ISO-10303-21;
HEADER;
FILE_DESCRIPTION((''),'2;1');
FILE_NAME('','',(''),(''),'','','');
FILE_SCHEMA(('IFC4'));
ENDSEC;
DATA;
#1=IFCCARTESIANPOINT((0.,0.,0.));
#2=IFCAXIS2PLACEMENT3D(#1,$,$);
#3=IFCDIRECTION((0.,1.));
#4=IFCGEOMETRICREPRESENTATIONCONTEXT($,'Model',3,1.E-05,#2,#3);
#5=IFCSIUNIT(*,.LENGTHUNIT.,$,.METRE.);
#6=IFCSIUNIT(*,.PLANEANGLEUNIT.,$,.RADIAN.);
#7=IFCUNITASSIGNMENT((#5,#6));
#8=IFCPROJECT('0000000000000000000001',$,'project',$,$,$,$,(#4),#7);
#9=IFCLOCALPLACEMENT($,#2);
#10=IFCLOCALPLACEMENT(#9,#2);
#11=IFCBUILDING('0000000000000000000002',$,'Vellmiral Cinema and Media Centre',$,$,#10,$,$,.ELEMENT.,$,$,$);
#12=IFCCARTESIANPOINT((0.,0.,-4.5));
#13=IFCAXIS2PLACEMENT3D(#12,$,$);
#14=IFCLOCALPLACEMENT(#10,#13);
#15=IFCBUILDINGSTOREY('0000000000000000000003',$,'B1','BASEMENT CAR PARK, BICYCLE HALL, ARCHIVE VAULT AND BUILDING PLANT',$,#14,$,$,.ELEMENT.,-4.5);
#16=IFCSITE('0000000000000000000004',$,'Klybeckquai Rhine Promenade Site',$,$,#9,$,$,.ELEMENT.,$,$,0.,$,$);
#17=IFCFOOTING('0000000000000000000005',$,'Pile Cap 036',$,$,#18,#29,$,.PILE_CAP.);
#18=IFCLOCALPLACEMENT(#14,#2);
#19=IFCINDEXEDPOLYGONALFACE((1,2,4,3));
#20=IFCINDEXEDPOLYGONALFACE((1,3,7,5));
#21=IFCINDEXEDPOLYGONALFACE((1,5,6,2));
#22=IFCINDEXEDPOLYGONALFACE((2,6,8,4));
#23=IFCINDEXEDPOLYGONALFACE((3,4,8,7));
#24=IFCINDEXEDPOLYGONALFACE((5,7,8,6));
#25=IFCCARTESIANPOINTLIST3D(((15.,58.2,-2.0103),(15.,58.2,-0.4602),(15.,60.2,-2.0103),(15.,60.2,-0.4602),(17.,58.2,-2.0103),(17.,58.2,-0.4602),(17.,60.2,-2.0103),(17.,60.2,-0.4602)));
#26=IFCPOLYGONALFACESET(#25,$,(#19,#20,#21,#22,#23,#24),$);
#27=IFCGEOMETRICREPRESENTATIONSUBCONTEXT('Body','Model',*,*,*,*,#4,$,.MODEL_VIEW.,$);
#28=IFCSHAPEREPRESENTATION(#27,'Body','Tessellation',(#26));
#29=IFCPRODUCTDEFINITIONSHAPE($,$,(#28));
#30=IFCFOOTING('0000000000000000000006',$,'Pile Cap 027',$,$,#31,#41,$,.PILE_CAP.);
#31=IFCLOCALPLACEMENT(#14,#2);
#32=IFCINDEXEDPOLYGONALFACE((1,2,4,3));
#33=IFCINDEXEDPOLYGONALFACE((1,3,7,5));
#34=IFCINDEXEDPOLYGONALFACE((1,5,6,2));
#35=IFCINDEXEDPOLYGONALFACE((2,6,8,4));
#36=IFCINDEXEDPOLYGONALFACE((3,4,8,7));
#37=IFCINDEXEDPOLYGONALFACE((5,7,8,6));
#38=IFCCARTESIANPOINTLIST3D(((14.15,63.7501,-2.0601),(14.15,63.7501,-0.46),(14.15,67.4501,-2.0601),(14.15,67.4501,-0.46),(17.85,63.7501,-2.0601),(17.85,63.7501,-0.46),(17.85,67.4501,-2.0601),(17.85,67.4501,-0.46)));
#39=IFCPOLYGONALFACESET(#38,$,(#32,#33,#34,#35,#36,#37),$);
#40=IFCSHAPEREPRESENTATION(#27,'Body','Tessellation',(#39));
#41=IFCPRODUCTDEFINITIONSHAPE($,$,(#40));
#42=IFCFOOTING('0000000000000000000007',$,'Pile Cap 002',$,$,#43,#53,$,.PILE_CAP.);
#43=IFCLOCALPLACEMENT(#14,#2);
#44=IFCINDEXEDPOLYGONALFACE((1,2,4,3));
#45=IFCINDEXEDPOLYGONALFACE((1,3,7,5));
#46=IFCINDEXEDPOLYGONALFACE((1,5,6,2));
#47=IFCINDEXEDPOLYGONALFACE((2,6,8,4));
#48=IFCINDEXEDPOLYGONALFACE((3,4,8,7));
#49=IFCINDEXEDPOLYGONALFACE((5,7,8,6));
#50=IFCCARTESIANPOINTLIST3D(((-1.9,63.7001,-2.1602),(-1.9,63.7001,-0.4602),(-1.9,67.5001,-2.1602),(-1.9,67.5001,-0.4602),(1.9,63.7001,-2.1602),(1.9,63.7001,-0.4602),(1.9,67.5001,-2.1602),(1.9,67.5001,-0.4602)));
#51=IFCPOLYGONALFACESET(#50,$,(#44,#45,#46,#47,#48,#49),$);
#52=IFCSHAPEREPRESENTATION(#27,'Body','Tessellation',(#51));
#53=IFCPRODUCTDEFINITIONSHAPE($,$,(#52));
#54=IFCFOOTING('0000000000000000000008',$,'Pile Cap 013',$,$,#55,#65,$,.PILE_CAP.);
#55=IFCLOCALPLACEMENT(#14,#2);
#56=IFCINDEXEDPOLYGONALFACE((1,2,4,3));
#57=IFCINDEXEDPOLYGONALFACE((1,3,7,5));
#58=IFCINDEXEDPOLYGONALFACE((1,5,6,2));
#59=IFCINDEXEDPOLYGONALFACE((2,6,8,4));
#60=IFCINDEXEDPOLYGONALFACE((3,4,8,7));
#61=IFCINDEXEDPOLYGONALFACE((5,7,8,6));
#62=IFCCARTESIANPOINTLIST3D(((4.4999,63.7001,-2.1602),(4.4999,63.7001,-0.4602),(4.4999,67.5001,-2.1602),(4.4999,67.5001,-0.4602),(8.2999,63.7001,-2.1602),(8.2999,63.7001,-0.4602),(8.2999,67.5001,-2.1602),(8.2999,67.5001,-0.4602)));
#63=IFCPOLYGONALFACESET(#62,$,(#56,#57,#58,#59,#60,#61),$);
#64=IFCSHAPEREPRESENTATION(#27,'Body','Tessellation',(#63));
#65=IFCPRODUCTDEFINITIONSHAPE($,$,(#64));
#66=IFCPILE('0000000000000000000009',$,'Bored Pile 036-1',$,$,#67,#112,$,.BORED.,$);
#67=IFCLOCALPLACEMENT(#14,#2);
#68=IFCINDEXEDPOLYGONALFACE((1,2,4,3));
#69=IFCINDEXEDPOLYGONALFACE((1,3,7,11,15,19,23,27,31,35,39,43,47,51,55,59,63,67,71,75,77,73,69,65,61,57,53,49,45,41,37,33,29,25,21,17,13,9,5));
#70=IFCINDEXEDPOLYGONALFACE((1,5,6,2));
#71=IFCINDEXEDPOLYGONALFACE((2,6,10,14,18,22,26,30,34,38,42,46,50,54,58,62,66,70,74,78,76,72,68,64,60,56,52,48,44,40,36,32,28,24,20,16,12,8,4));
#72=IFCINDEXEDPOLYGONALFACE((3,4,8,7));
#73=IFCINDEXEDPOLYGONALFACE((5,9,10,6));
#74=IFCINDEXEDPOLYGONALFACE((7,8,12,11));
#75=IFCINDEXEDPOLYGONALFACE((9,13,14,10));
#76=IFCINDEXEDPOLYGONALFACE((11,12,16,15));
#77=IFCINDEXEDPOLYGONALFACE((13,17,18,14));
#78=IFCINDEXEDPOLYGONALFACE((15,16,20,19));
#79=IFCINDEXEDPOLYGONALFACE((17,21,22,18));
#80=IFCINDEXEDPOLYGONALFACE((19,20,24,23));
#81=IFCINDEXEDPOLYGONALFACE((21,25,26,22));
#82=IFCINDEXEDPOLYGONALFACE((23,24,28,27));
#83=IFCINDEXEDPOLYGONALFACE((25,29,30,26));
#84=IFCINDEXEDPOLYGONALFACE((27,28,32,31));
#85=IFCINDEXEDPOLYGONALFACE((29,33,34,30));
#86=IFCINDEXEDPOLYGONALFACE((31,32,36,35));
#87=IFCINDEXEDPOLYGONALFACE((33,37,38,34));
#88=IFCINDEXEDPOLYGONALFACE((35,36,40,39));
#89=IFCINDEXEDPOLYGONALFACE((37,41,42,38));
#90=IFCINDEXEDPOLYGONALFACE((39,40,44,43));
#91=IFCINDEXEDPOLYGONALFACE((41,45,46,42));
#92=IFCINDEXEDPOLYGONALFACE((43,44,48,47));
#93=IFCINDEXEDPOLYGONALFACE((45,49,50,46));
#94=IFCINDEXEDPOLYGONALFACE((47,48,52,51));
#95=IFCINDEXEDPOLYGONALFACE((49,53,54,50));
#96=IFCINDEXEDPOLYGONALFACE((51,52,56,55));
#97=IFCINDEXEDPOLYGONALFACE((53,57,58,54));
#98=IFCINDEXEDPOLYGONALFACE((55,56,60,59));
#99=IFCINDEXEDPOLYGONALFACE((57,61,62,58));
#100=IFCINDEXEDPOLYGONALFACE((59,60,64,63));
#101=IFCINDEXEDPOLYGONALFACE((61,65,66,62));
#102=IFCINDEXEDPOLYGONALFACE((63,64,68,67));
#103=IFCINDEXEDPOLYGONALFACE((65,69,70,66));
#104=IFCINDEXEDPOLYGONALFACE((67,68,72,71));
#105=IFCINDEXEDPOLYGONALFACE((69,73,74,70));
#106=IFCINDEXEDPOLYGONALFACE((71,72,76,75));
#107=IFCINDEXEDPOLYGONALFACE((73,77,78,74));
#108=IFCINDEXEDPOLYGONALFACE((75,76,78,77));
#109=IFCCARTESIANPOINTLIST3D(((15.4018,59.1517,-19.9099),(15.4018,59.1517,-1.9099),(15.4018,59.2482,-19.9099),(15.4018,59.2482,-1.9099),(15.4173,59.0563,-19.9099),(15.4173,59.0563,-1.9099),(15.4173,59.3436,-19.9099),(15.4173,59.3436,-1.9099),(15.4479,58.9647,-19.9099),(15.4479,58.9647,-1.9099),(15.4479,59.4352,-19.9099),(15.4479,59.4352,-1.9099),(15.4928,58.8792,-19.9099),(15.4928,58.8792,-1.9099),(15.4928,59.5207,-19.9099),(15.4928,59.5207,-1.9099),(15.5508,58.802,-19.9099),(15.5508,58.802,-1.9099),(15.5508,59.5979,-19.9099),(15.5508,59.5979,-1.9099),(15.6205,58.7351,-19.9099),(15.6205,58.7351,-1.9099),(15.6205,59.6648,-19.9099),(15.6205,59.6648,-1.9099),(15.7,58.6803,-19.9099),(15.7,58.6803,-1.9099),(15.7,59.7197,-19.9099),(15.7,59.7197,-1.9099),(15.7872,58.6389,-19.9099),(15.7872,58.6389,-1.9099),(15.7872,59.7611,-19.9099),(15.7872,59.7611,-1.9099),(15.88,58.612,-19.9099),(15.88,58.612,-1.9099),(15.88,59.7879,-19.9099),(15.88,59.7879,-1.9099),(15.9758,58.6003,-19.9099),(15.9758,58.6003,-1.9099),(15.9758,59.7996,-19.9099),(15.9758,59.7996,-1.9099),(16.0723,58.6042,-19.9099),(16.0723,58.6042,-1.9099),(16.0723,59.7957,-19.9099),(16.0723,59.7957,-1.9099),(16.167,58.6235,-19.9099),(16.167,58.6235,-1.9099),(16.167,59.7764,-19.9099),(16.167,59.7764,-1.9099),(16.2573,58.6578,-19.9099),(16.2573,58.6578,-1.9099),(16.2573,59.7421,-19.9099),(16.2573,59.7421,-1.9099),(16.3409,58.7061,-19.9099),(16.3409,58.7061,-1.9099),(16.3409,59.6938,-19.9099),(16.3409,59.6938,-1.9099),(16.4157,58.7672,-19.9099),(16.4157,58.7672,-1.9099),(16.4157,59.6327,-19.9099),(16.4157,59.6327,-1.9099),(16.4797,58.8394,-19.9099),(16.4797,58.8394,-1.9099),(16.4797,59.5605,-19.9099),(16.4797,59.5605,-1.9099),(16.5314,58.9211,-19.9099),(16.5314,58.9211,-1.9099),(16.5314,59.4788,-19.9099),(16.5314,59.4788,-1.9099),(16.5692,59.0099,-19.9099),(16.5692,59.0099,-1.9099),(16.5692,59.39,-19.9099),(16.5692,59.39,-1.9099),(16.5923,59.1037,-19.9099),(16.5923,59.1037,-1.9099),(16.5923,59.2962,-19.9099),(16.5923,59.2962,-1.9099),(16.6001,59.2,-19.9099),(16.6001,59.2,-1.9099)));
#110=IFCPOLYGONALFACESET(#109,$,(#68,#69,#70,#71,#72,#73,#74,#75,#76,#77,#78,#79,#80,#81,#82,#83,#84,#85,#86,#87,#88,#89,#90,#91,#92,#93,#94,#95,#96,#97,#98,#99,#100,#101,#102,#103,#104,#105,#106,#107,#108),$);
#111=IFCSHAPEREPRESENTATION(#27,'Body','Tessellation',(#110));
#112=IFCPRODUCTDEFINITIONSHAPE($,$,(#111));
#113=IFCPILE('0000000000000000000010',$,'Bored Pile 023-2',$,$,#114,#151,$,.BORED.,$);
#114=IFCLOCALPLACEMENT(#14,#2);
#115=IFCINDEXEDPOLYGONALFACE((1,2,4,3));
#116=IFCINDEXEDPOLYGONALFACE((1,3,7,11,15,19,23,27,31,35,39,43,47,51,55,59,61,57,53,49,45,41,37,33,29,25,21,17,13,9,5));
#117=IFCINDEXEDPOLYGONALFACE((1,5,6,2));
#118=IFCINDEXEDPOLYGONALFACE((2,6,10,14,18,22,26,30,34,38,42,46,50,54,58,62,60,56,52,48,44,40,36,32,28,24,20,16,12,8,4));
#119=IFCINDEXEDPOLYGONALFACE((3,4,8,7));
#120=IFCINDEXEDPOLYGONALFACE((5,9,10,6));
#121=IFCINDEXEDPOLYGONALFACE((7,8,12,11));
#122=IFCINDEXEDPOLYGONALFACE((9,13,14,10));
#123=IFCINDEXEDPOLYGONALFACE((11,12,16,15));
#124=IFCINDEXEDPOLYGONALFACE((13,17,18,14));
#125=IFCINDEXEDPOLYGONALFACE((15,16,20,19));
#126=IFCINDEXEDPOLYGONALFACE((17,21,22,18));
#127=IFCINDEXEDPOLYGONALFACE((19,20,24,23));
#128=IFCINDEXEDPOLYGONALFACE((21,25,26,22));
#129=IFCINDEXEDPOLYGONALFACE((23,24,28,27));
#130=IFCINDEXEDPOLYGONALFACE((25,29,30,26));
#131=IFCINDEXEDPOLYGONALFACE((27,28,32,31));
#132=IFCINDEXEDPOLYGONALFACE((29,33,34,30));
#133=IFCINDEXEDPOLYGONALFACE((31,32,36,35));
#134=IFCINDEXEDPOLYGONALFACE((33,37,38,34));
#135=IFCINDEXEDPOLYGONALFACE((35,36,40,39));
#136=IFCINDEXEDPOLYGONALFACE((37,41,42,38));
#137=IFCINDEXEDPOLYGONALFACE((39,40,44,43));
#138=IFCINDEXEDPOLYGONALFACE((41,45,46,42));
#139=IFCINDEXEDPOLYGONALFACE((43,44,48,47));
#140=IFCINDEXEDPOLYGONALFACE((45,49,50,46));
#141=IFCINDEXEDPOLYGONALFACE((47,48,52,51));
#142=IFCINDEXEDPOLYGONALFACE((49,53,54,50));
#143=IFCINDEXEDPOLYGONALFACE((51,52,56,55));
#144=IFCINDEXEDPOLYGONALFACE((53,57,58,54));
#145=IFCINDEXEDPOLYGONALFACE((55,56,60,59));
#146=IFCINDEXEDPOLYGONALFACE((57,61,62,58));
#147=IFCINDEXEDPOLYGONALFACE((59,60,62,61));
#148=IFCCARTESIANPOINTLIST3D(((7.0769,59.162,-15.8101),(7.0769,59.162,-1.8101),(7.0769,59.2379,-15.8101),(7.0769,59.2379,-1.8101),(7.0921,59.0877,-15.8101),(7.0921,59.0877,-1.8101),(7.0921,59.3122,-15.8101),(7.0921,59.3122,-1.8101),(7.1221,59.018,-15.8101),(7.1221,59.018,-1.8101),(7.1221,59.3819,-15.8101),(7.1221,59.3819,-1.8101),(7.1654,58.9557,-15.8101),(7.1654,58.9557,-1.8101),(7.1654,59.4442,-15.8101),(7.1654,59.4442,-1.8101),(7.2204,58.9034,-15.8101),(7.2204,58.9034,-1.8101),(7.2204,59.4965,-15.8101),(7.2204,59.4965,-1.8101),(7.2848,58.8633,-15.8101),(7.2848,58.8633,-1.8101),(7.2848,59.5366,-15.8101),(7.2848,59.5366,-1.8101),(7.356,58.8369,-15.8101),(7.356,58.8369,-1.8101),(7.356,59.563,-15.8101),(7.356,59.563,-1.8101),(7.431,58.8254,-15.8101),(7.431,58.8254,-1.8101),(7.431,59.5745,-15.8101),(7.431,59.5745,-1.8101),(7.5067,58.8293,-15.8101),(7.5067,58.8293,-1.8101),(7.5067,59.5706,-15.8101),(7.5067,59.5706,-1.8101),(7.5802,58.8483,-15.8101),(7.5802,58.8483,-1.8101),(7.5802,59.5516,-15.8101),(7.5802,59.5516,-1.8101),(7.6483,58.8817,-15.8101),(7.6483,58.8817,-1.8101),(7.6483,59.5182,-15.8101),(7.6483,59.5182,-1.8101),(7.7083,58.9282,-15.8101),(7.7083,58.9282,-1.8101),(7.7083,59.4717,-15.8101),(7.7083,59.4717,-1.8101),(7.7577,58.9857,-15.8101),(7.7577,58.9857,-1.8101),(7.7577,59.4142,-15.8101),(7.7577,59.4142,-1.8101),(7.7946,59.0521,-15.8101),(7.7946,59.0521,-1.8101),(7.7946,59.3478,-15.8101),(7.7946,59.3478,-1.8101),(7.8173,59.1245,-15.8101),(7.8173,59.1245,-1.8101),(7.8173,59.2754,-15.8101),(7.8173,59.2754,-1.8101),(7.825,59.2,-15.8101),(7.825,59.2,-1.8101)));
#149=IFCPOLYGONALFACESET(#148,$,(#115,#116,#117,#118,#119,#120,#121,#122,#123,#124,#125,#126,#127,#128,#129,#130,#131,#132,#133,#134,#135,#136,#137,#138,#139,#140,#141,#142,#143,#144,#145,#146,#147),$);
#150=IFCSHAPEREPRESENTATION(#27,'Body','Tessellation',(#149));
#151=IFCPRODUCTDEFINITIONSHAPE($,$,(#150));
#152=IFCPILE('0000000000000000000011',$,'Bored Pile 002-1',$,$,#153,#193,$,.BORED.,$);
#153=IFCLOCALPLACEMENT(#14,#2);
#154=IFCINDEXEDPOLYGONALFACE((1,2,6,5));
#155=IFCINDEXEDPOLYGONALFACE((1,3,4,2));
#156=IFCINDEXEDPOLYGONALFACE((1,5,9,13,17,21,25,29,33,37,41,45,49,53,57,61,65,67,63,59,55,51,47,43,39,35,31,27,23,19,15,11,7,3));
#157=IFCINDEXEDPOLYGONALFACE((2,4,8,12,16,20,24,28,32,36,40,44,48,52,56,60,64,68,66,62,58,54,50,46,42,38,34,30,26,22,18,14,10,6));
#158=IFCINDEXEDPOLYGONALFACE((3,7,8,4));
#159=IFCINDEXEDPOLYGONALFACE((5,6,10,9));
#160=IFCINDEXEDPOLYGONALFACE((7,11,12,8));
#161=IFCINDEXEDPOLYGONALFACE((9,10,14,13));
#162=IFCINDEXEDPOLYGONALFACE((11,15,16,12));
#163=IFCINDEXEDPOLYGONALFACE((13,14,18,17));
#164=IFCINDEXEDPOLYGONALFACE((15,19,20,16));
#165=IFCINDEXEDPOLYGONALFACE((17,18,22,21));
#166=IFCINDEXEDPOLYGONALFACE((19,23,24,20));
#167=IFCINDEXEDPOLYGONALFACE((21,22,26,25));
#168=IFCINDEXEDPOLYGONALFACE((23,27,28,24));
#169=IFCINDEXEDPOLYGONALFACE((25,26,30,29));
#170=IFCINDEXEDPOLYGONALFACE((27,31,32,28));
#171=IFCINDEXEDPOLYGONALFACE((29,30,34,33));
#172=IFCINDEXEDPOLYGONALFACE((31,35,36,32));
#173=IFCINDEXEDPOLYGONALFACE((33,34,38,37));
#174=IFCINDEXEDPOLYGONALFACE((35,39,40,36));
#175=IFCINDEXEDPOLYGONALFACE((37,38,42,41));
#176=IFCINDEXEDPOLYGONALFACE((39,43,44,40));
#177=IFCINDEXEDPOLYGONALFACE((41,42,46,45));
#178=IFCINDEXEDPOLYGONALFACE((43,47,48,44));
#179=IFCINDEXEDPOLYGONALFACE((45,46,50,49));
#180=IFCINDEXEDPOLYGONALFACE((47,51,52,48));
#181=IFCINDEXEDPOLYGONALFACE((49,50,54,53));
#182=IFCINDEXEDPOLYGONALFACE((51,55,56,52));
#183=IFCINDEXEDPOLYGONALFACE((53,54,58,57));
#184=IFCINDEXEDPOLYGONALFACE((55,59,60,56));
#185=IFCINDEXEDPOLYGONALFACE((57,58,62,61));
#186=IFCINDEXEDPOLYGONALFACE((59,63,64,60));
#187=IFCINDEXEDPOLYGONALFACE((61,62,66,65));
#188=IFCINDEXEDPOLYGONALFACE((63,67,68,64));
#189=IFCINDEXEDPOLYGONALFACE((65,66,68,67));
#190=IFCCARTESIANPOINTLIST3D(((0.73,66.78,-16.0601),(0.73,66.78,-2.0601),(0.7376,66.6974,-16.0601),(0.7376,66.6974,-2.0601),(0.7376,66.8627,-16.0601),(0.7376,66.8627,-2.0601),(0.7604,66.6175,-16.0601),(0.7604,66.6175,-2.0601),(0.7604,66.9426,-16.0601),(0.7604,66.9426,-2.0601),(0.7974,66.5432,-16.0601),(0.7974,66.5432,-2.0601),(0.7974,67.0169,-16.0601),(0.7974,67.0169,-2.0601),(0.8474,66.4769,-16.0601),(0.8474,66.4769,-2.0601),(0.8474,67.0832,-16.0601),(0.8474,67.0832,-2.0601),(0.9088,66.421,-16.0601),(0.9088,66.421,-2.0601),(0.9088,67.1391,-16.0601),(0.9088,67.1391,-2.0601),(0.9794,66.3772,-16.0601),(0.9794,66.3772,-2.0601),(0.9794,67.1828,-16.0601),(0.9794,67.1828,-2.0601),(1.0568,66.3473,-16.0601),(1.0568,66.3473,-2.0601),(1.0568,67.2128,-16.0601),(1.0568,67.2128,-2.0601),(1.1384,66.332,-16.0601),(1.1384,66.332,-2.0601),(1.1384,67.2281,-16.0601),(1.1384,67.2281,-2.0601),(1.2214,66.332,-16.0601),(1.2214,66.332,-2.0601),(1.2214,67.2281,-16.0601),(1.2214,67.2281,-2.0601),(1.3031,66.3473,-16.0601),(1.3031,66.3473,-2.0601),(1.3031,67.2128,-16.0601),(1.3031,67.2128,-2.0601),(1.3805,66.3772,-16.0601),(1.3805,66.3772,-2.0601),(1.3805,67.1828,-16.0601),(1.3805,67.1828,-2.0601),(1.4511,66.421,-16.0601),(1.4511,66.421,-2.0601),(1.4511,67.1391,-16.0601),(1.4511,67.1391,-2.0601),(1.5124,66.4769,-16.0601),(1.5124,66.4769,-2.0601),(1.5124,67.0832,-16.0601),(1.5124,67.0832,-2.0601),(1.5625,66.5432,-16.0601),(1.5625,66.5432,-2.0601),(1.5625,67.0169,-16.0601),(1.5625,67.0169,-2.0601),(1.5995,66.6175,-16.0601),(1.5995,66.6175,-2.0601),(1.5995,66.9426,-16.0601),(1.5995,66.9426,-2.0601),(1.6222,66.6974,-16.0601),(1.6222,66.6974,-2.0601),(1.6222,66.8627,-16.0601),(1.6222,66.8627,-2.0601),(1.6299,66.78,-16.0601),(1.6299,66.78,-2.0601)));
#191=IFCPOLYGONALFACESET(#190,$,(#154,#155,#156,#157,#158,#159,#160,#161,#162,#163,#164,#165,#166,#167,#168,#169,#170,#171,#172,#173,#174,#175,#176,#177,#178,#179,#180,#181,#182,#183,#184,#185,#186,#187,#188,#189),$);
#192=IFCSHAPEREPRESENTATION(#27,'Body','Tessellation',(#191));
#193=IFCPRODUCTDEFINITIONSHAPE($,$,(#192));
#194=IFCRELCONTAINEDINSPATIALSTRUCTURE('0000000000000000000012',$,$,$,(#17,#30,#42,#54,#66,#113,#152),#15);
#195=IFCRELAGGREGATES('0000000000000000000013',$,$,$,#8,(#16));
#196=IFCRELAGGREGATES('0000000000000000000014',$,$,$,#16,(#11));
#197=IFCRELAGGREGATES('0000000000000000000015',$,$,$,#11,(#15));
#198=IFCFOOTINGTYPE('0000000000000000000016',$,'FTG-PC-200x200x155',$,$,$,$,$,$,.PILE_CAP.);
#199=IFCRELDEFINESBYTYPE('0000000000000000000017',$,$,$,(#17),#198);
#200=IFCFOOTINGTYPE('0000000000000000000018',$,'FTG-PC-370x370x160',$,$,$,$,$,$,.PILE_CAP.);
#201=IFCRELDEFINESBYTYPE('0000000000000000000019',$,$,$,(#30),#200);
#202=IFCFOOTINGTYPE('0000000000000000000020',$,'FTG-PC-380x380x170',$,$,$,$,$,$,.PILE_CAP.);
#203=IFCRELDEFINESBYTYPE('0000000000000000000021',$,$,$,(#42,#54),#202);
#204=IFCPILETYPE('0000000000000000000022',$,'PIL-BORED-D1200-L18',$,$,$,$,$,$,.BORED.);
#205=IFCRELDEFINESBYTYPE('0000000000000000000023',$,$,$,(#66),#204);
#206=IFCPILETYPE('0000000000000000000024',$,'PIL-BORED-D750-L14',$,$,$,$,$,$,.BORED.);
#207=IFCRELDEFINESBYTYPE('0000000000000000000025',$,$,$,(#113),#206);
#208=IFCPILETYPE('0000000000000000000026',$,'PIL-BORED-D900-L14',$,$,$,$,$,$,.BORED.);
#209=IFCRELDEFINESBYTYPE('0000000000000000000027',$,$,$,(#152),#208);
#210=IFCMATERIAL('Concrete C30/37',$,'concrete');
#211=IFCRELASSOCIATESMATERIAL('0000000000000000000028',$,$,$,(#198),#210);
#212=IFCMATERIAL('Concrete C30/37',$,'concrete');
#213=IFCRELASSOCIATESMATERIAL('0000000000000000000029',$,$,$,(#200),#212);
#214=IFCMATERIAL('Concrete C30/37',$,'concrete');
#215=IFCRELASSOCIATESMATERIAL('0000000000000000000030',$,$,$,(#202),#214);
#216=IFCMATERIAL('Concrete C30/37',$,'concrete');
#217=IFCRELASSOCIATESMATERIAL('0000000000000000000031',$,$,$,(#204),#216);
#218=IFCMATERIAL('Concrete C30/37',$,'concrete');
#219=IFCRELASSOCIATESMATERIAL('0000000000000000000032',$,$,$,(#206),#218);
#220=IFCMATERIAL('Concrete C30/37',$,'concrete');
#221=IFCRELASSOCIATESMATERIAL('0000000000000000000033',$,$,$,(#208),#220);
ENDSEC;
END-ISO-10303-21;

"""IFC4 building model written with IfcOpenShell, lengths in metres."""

from ifc_helpers import new_model, si_unit, direction, frame, origin, origin_2d, place, context, subcontext, project, spatial, rectangle, circle, extrude, material, material_profile, profile_set, type_object, element, save


model = new_model("IFC4")

# Units and contexts
model_context = context("Model", 3, precision=1e-05, world=origin(), true_north=direction((0.0, 1.0)))
body_context = subcontext(model_context, "Body", "Model", "MODEL_VIEW")
ifc_project = project(units=[si_unit("LENGTHUNIT", "METRE"), si_unit("PLANEANGLEUNIT", "RADIAN")], contexts=[model_context])

# Site, building, storey
site_placement = place(None, origin())
site = spatial("IfcSite", under=ifc_project, at=site_placement, Name="Klybeckquai Rhine Promenade Site", CompositionType="ELEMENT", RefElevation=0.0)
building_placement = place(site_placement, origin())
building = spatial("IfcBuilding", under=site, at=building_placement, Name="Vellmiral Cinema and Media Centre", CompositionType="ELEMENT")
storey_placement = place(building_placement, frame((0.0, 0.0, -4.5)))
storey = spatial("IfcBuildingStorey", under=building, at=storey_placement, Name="B1", Description="BASEMENT CAR PARK, BICYCLE HALL, ARCHIVE VAULT AND BUILDING PLANT", CompositionType="ELEMENT", Elevation=-4.5)

# Footings
ifc_material_1 = material(Name="Concrete C30/37", Category="concrete")
footing_type_1 = type_object("IfcFootingType", Name="FTG-PC-200x200x155", PredefinedType="PILE_CAP", material=ifc_material_1)
footing_1_placement = place(storey_placement, frame((16.0, 59.2, -2.0103), z_axis=(0.0, 0.0, 1.0), x_axis=(1.0, 0.0, 0.0)))
element("IfcFooting", 1, at=footing_1_placement, inside=storey, type_object=footing_type_1, Name="Pile Cap 036", PredefinedType="PILE_CAP", context=body_context, shape_type="SweptSolid", body=[
    extrude(rectangle(XDim=2.0, YDim=2.0, at=origin_2d()), origin(), (0.0, 0.0, 1.0), 1.55),
])
ifc_material_2 = material(Name="Concrete C30/37", Category="concrete")
footing_type_2 = type_object("IfcFootingType", Name="FTG-PC-370x370x160", PredefinedType="PILE_CAP", material=ifc_material_2)
footing_2_placement = place(storey_placement, frame((16.0, 65.6001, -2.0601), z_axis=(0.0, 0.0, 1.0), x_axis=(1.0, 0.0, 0.0)))
element("IfcFooting", 2, at=footing_2_placement, inside=storey, type_object=footing_type_2, Name="Pile Cap 027", PredefinedType="PILE_CAP", context=body_context, shape_type="SweptSolid", body=[
    extrude(rectangle(XDim=3.7, YDim=3.7, at=origin_2d()), origin(), (0.0, 0.0, 1.0), 1.6001),
])
ifc_material_3 = material(Name="Concrete C30/37", Category="concrete")
footing_type_3 = type_object("IfcFootingType", Name="FTG-PC-380x380x170", PredefinedType="PILE_CAP", material=ifc_material_3)
for number, where, z_axis, x_axis, name in (
    (3, (0.0, 65.6001, -2.1602), (0.0, 0.0, 1.0), (1.0, 0.0, 0.0), "Pile Cap 002"),
    (4, (6.3999, 65.6001, -2.1602), (0.0, 0.0, 1.0), (1.0, 0.0, 0.0), "Pile Cap 013"),
):
    element("IfcFooting", number, at=place(storey_placement, frame(where, z_axis=z_axis, x_axis=x_axis)), inside=storey, type_object=footing_type_3, Name=name, PredefinedType="PILE_CAP", context=body_context, shape_type="SweptSolid", body=[
        extrude(rectangle(XDim=3.8, YDim=3.8, at=origin_2d()), origin(), (0.0, 0.0, 1.0), 1.7),
    ])

# Piles
ifc_material_4 = material(Name="Concrete C30/37", Category="concrete")
ifc_material_profile_1 = material_profile(ifc_material_4, circle(Radius=0.6001, at=origin_2d()), Name="PILE D1200")
ifc_profile_set_1 = profile_set([ifc_material_profile_1], Name="Concrete C30/37")
pile_type_1 = type_object("IfcPileType", Name="PIL-BORED-D1200-L18", PredefinedType="BORED", material=ifc_profile_set_1)
pile_1_placement = place(storey_placement, frame((16.0, 59.2, -1.9099), z_axis=(0.0, 0.0, -1.0), x_axis=(1.0, 0.0, 0.0)))
element("IfcPile", 5, at=pile_1_placement, inside=storey, type_object=pile_type_1, Name="Bored Pile 036-1", PredefinedType="BORED", context=body_context, shape_type="SweptSolid", body=[
    extrude(circle(Radius=0.6001, at=origin_2d()), origin(), (0.0, 0.0, 1.0), 18.0),
])
ifc_material_5 = material(Name="Concrete C30/37", Category="concrete")
ifc_material_profile_2 = material_profile(ifc_material_5, circle(Radius=0.375, at=origin_2d()), Name="PILE D750")
ifc_profile_set_2 = profile_set([ifc_material_profile_2], Name="Concrete C30/37")
pile_type_2 = type_object("IfcPileType", Name="PIL-BORED-D750-L14", PredefinedType="BORED", material=ifc_profile_set_2)
pile_2_placement = place(storey_placement, frame((7.45, 59.2, -1.8101), z_axis=(0.0, 0.0, -1.0), x_axis=(1.0, 0.0, 0.0)))
element("IfcPile", 6, at=pile_2_placement, inside=storey, type_object=pile_type_2, Name="Bored Pile 023-2", PredefinedType="BORED", context=body_context, shape_type="SweptSolid", body=[
    extrude(circle(Radius=0.375, at=origin_2d()), origin(), (0.0, 0.0, 1.0), 14.0),
])
ifc_material_6 = material(Name="Concrete C30/37", Category="concrete")
ifc_material_profile_3 = material_profile(ifc_material_6, circle(Radius=0.45, at=origin_2d()), Name="PILE D900")
ifc_profile_set_3 = profile_set([ifc_material_profile_3], Name="Concrete C30/37")
pile_type_3 = type_object("IfcPileType", Name="PIL-BORED-D900-L14", PredefinedType="BORED", material=ifc_profile_set_3)
for number, where, z_axis, x_axis, name in (
    (7, (1.1799, 66.78, -2.0601), (0.0, 0.0, -1.0), (1.0, 0.0, 0.0), "Bored Pile 002-1"),
):
    element("IfcPile", number, at=place(storey_placement, frame(where, z_axis=z_axis, x_axis=x_axis)), inside=storey, type_object=pile_type_3, Name=name, PredefinedType="BORED", context=body_context, shape_type="SweptSolid", body=[
        extrude(circle(Radius=0.45, at=origin_2d()), origin(), (0.0, 0.0, 1.0), 14.0),
    ])

save(model, "model.ifc")
